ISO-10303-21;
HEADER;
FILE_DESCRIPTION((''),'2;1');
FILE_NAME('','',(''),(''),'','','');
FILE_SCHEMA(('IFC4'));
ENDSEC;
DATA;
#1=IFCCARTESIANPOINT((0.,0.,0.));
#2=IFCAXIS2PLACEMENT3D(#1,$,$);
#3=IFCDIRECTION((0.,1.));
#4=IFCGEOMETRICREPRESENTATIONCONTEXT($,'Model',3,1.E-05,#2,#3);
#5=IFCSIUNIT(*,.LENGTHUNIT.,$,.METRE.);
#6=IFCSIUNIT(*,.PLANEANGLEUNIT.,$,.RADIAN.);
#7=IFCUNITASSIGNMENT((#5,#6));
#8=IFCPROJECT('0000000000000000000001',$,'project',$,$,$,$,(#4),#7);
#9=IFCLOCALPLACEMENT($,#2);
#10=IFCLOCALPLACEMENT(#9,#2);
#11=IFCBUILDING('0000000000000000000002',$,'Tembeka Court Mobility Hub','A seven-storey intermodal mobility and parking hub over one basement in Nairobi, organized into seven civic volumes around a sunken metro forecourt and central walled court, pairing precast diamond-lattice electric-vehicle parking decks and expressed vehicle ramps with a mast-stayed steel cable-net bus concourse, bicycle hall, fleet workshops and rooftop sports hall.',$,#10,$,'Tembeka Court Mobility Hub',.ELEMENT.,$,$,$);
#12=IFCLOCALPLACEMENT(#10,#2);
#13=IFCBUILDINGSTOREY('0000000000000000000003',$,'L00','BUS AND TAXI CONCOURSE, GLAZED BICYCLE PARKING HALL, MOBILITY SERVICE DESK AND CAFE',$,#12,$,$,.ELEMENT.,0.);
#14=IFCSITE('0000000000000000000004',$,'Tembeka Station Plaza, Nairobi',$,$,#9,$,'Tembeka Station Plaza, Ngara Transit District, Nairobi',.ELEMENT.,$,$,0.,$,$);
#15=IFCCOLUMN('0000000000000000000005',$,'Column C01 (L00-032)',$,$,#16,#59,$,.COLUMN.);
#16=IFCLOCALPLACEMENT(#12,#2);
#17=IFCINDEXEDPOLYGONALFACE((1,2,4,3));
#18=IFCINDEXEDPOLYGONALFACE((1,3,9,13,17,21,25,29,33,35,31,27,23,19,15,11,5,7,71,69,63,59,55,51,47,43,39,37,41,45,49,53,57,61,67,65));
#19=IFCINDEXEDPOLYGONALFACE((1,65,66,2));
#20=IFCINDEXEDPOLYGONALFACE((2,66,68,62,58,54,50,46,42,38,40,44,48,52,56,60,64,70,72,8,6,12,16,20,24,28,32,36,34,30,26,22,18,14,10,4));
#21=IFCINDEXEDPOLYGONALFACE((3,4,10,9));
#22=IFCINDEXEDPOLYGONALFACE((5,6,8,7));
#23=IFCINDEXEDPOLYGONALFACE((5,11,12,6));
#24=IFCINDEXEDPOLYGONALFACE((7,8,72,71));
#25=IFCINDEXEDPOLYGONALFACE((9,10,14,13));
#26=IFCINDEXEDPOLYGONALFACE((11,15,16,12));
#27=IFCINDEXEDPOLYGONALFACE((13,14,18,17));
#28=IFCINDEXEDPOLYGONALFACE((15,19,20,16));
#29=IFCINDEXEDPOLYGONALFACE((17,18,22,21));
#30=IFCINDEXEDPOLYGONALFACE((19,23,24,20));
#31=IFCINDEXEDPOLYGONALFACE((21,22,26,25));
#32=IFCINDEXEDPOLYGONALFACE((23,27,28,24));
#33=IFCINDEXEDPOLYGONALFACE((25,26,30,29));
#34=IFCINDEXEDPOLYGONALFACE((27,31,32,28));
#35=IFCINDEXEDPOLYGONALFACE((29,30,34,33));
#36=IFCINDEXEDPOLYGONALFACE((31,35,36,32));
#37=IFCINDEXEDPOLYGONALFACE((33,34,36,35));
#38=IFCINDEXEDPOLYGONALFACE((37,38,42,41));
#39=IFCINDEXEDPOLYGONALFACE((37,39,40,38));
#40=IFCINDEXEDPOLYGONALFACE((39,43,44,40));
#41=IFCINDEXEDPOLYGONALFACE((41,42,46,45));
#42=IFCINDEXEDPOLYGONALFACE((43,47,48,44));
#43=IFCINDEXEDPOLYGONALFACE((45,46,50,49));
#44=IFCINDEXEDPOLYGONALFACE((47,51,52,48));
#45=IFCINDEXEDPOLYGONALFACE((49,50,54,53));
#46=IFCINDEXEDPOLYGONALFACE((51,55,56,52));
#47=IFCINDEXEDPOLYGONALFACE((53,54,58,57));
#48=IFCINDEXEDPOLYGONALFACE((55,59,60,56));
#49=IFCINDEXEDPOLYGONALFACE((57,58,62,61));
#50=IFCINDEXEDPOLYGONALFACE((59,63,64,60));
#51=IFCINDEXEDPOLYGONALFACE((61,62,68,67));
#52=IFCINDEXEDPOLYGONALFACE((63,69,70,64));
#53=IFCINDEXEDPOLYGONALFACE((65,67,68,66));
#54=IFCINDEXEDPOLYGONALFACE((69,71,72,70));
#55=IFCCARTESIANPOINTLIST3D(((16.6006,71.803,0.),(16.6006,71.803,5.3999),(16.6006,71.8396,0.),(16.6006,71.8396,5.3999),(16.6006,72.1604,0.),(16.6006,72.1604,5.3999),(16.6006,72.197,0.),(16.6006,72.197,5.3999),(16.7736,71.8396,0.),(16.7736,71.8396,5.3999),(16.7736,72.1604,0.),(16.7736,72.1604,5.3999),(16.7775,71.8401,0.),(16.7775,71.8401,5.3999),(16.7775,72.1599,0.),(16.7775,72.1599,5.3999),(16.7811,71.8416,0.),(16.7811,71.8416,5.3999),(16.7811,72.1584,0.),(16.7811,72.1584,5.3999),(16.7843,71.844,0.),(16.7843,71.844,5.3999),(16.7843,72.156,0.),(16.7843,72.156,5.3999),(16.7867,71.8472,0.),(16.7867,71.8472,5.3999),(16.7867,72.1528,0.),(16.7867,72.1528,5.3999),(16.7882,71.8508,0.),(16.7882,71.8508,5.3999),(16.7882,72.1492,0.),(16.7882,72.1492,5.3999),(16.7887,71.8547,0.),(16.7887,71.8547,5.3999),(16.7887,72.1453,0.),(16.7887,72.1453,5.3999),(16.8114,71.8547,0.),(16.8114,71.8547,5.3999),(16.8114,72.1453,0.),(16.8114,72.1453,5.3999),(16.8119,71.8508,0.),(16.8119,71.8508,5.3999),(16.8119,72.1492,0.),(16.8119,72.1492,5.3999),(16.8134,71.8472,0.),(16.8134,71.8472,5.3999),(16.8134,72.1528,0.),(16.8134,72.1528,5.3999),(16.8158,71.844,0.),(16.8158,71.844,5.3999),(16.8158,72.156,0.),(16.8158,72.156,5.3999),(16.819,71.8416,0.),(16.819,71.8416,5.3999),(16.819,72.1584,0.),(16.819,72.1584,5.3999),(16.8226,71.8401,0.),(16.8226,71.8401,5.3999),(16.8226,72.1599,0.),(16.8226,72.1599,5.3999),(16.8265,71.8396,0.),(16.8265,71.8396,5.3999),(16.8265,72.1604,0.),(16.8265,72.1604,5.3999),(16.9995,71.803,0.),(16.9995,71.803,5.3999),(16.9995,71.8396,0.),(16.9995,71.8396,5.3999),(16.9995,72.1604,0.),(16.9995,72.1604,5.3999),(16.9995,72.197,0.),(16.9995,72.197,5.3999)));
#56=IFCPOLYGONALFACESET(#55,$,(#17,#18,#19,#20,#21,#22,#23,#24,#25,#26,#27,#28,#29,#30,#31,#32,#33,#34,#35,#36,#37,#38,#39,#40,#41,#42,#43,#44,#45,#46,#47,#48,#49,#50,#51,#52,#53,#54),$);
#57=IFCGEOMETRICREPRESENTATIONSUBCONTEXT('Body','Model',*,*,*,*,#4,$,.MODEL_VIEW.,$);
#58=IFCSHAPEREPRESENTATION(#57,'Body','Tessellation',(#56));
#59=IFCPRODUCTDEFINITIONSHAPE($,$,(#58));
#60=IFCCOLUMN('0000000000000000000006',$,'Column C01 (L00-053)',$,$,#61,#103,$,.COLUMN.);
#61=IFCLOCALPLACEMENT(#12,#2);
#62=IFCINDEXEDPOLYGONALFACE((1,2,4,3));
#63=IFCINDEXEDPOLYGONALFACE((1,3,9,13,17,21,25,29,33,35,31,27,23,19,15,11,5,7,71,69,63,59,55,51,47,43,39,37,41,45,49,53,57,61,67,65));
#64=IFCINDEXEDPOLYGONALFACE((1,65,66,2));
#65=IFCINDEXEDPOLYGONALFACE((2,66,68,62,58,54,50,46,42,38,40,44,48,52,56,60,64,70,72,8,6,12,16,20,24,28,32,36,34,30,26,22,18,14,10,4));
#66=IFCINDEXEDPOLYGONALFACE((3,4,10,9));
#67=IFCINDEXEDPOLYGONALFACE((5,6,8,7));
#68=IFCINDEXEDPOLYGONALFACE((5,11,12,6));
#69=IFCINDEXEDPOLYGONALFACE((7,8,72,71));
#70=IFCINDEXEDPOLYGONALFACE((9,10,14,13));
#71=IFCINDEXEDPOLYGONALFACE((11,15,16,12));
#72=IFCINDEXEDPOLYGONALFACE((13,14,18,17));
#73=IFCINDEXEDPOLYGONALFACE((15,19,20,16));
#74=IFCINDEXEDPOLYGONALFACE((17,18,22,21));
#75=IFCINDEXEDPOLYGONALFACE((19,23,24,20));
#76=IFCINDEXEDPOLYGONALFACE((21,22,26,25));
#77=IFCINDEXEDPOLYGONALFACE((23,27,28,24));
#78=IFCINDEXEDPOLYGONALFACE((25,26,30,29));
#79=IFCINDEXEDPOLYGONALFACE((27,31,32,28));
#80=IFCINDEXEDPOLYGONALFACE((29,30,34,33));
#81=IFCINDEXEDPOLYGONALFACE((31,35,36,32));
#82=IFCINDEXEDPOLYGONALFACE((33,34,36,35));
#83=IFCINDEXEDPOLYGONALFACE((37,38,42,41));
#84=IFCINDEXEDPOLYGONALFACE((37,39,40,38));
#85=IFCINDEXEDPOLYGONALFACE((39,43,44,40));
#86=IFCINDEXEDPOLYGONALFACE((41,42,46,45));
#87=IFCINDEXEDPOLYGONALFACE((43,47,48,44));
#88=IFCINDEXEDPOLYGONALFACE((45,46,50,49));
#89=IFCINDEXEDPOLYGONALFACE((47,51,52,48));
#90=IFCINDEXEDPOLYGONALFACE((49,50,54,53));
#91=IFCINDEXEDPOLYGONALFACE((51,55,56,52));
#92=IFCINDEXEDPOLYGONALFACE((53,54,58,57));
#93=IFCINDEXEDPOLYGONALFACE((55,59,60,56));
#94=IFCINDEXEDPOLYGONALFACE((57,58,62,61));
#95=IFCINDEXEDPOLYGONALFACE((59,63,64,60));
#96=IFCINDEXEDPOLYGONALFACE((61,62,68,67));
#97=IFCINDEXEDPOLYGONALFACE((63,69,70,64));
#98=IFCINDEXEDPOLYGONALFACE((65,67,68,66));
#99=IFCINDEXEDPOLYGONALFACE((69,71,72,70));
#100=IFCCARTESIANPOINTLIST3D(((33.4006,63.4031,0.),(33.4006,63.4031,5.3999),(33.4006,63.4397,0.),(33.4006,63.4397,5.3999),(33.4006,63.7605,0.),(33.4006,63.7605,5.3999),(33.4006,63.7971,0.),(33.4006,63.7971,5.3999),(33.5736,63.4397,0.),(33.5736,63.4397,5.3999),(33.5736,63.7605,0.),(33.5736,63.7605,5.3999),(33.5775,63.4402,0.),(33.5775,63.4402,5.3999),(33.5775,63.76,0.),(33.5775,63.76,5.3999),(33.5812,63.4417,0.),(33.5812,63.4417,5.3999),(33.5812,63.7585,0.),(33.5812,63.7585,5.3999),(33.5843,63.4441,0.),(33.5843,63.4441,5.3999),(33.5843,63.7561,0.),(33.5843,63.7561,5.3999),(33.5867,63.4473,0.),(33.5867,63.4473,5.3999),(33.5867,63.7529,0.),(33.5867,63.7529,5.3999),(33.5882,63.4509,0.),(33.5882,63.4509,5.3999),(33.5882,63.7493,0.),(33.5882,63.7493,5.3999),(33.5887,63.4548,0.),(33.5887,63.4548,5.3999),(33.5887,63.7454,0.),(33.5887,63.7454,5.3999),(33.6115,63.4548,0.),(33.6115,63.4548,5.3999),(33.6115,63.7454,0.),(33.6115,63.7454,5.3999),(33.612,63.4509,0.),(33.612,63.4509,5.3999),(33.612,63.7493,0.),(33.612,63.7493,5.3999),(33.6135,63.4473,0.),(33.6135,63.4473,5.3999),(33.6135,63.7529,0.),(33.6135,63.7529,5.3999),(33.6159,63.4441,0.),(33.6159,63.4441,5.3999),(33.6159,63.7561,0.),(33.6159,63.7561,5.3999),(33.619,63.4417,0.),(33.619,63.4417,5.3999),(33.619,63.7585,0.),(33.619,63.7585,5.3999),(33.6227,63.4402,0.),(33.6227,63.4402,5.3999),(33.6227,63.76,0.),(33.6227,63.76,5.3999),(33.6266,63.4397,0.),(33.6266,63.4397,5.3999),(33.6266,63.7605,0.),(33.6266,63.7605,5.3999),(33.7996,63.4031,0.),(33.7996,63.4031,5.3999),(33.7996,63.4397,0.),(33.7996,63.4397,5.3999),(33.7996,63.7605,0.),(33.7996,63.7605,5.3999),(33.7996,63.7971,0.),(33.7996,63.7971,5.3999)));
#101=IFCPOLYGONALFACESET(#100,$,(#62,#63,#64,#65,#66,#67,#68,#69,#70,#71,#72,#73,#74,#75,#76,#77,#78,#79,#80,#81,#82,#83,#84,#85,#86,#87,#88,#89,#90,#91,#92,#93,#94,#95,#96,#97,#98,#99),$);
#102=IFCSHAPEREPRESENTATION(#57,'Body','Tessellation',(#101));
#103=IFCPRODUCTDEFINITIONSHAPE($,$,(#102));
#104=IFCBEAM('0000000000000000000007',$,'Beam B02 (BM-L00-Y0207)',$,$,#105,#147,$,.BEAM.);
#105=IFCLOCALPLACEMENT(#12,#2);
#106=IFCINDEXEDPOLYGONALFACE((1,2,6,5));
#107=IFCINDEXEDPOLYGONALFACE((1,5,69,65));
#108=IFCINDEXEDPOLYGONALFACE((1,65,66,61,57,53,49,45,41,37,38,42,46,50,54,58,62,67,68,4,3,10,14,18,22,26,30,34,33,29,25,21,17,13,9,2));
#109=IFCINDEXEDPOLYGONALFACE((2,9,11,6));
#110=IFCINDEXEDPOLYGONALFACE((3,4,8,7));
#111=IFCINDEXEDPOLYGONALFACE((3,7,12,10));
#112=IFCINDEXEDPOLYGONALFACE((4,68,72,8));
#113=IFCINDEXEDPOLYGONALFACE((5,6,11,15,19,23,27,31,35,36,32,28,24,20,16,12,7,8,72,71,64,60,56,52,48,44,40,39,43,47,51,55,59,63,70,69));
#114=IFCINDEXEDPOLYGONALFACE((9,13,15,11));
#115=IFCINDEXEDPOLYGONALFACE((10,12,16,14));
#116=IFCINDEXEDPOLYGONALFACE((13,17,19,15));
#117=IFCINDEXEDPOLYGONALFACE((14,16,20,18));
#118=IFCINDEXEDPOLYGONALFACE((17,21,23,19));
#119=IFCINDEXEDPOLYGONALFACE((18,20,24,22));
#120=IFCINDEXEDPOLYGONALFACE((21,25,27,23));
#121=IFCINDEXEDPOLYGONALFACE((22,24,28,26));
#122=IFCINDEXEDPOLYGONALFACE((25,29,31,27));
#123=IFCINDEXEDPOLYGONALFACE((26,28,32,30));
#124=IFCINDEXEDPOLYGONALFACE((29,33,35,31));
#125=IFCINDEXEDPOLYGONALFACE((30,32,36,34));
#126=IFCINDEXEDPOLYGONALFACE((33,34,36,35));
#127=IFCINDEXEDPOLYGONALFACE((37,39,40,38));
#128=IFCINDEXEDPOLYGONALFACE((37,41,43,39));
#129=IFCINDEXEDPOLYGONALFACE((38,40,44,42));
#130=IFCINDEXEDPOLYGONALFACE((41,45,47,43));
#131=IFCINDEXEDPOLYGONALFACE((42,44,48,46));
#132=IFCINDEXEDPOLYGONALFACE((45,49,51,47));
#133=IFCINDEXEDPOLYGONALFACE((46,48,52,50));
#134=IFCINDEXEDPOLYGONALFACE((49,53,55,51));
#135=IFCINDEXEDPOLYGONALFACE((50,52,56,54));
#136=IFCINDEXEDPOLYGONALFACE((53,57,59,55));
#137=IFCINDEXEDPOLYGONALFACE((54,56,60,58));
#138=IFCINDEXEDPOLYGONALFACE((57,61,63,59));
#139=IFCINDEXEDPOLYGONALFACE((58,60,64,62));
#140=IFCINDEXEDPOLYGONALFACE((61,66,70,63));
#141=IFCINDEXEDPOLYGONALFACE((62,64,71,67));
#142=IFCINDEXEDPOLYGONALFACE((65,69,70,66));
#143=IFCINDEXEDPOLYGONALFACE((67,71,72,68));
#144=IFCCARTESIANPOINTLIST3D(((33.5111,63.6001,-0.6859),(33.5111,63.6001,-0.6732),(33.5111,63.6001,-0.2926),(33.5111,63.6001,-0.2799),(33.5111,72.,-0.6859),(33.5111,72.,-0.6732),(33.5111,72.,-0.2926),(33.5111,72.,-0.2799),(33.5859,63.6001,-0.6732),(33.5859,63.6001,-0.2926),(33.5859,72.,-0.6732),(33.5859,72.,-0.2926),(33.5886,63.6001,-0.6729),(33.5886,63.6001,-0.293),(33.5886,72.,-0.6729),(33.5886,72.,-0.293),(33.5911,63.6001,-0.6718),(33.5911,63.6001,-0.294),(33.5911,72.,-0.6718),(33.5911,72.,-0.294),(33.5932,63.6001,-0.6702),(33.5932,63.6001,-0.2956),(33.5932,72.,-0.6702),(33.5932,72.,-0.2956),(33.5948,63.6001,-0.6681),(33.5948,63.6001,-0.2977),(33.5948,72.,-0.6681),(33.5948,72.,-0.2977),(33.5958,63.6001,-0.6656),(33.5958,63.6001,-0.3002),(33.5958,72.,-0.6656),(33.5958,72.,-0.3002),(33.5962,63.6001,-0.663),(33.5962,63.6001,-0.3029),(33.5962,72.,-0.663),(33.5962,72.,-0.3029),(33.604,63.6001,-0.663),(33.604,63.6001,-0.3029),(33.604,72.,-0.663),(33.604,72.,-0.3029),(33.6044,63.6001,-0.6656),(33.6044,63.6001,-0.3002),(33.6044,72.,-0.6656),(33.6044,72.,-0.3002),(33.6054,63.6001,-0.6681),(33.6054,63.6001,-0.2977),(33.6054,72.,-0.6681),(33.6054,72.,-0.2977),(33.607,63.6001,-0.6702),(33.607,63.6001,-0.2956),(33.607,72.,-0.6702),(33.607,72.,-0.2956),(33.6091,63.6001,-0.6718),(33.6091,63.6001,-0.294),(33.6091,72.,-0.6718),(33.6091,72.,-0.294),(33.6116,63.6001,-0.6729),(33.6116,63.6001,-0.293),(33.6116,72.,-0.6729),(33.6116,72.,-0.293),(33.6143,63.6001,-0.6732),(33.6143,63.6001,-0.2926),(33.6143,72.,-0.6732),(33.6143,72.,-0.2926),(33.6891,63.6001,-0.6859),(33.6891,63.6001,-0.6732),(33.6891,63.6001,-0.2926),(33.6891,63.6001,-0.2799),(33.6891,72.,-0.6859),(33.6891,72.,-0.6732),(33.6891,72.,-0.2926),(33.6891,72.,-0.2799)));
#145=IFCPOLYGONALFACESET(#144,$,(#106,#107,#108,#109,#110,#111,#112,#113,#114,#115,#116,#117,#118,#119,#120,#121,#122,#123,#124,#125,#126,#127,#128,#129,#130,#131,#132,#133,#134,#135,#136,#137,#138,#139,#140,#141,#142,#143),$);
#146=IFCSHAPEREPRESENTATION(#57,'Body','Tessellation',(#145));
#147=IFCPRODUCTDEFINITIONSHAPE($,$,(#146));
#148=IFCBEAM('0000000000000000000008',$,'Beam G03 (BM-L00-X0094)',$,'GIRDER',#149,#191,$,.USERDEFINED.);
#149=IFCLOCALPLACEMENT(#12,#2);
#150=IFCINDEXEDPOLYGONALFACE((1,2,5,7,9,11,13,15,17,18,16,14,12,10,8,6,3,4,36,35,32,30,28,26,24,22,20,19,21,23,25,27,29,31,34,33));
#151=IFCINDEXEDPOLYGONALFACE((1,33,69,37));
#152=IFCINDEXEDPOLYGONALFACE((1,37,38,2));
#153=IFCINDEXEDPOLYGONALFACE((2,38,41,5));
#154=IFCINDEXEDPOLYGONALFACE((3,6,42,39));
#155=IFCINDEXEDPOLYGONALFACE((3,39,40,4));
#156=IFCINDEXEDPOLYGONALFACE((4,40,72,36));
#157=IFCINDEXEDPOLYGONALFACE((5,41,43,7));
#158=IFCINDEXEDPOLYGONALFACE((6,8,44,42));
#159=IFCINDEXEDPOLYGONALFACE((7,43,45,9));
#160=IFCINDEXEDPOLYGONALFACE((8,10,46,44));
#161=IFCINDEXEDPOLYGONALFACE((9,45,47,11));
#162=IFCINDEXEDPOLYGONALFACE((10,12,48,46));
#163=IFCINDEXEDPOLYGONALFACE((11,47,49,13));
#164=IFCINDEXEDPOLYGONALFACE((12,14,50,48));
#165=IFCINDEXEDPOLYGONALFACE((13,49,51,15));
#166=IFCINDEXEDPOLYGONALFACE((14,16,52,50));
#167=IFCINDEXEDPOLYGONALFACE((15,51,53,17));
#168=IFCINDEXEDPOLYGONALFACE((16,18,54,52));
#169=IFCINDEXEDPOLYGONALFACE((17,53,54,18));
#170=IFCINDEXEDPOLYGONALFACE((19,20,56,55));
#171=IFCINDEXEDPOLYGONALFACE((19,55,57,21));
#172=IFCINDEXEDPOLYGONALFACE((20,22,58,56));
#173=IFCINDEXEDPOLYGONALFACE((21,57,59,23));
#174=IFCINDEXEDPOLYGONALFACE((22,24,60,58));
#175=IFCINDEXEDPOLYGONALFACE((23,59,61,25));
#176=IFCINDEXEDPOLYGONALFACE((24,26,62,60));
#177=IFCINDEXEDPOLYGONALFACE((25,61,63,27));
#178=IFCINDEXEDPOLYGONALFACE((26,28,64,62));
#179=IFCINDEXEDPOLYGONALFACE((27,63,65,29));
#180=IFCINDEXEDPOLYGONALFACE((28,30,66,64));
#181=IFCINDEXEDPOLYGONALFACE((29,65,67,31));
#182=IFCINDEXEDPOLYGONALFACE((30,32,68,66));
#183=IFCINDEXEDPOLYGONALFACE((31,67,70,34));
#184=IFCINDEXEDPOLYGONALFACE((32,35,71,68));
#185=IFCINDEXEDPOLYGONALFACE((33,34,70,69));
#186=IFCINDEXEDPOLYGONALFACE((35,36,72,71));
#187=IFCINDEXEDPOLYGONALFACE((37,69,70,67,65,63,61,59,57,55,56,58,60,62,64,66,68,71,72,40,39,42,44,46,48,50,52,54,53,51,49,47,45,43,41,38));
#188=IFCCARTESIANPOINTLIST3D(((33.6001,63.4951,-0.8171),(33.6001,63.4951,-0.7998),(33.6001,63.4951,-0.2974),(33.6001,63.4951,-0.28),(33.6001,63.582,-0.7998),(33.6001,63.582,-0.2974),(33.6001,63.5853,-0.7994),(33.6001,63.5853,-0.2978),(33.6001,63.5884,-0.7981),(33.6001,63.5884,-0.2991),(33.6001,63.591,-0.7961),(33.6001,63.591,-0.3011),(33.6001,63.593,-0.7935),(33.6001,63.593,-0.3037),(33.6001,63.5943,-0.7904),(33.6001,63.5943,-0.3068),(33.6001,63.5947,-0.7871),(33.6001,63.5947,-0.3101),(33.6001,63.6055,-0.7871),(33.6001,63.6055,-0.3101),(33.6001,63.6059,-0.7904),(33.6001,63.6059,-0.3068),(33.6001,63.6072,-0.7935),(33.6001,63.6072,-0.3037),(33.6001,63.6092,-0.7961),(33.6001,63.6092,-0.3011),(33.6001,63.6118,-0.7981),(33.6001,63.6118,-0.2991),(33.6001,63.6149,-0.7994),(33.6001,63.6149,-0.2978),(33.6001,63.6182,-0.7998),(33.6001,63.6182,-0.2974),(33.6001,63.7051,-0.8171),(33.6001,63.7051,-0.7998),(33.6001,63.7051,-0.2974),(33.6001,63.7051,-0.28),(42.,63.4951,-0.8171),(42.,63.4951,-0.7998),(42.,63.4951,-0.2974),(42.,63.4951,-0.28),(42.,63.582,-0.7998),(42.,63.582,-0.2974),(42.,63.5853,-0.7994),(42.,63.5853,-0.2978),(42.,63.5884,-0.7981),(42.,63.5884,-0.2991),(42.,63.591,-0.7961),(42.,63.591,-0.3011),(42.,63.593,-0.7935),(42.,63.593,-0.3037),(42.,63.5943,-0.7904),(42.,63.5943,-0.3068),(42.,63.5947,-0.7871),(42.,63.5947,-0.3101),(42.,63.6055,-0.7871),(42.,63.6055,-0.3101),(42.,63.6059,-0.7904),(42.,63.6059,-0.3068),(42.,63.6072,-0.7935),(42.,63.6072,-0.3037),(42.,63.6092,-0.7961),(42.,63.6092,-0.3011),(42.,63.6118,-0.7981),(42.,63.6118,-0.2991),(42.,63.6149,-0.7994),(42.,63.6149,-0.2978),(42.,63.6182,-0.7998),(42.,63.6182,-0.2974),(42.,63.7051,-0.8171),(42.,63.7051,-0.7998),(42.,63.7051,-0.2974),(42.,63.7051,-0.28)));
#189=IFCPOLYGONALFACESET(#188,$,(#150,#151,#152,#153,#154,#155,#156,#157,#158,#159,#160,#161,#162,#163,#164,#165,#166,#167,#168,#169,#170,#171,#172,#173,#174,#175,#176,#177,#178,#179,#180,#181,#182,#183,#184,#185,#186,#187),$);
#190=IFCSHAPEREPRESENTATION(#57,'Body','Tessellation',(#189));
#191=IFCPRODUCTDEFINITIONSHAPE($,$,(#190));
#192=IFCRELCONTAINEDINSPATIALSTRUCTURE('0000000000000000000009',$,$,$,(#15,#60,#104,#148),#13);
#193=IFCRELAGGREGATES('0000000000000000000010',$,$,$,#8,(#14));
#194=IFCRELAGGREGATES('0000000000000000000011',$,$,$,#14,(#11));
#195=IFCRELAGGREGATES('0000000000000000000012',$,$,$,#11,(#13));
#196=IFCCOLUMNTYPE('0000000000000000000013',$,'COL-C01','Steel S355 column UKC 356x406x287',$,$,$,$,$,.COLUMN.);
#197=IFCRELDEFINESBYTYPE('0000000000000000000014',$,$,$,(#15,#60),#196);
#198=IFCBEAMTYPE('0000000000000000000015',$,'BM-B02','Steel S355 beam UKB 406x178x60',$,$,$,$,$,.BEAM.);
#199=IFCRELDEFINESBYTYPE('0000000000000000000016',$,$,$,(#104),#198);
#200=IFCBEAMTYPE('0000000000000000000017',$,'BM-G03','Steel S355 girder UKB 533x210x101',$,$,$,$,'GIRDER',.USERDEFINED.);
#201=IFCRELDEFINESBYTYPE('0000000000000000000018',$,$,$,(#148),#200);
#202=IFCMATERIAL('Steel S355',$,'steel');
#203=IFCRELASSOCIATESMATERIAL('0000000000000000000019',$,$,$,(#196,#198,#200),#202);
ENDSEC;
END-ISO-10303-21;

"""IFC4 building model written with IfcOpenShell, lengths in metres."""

from ifc_helpers import new_model, si_unit, direction, frame, origin, origin_2d, place, context, subcontext, project, spatial, i_section, extrude, material, material_profile, profile_set, type_object, element, save


model = new_model("IFC4")

# Units and contexts
model_context = context("Model", 3, precision=1e-05, world=origin(), true_north=direction((0.0, 1.0)))
body_context = subcontext(model_context, "Body", "Model", "MODEL_VIEW")
ifc_project = project(units=[si_unit("LENGTHUNIT", "METRE"), si_unit("PLANEANGLEUNIT", "RADIAN")], contexts=[model_context])

# Site, building, storey
site_placement = place(None, origin())
site = spatial("IfcSite", under=ifc_project, at=site_placement, Name="Tembeka Station Plaza, Nairobi", LongName="Tembeka Station Plaza, Ngara Transit District, Nairobi", CompositionType="ELEMENT", RefElevation=0.0)
building_placement = place(site_placement, origin())
building = spatial("IfcBuilding", under=site, at=building_placement, Name="Tembeka Court Mobility Hub", Description="A seven-storey intermodal mobility and parking hub over one basement in Nairobi, organized into seven civic volumes around a sunken metro forecourt and central walled court, pairing precast diamond-lattice electric-vehicle parking decks and expressed vehicle ramps with a mast-stayed steel cable-net bus concourse, bicycle hall, fleet workshops and rooftop sports hall.", LongName="Tembeka Court Mobility Hub", CompositionType="ELEMENT")
storey_placement = place(building_placement, origin())
storey = spatial("IfcBuildingStorey", under=building, at=storey_placement, Name="L00", Description="BUS AND TAXI CONCOURSE, GLAZED BICYCLE PARKING HALL, MOBILITY SERVICE DESK AND CAFE", CompositionType="ELEMENT", Elevation=0.0)

# Columns
ifc_material_1 = material(Name="Steel S355", Category="steel")
ifc_material_profile_1 = material_profile(ifc_material_1, i_section(OverallWidth=0.3989, OverallDepth=0.394, WebThickness=0.0227, FlangeThickness=0.0366, FilletRadius=0.0151, at=origin_2d()), Name="UKC 356x406x287")
ifc_profile_set_1 = profile_set([ifc_material_profile_1], Name="Steel S355")
column_type = type_object("IfcColumnType", Name="COL-C01", Description="Steel S355 column UKC 356x406x287", PredefinedType="COLUMN", material=ifc_profile_set_1)
for number, where, z_axis, x_axis, name in (
    (1, (16.8, 72.0, 0.0), (0.0, 0.0, 1.0), (1.0, 0.0, 0.0), "Column C01 (L00-032)"),
    (2, (33.6001, 63.6001, 0.0), (0.0, 0.0, 1.0), (1.0, 0.0, 0.0), "Column C01 (L00-053)"),
):
    element("IfcColumn", number, at=place(storey_placement, frame(where, z_axis=z_axis, x_axis=x_axis)), inside=storey, type_object=column_type, Name=name, PredefinedType="COLUMN", context=body_context, shape_type="SweptSolid", body=[
        extrude(i_section(OverallWidth=0.3989, OverallDepth=0.394, WebThickness=0.0227, FlangeThickness=0.0366, FilletRadius=0.0151, at=origin_2d()), origin(), (0.0, 0.0, 1.0), 5.3999),
    ])

# Beams
ifc_material_profile_2 = material_profile(ifc_material_1, i_section(OverallWidth=0.178, OverallDepth=0.406, WebThickness=0.0078, FlangeThickness=0.0127, FilletRadius=0.0103, at=origin_2d()), Name="UKB 406x178x60")
ifc_profile_set_2 = profile_set([ifc_material_profile_2], Name="Steel S355")
beam_type_1 = type_object("IfcBeamType", Name="BM-B02", Description="Steel S355 beam UKB 406x178x60", PredefinedType="BEAM", material=ifc_profile_set_2)
beam_1_placement = place(storey_placement, frame((33.6001, 63.6001, -0.4829), z_axis=(0.0, 1.0, 0.0), x_axis=(-1.0, 0.0, 0.0)))
element("IfcBeam", 3, at=beam_1_placement, inside=storey, type_object=beam_type_1, Name="Beam B02 (BM-L00-Y0207)", PredefinedType="BEAM", context=body_context, shape_type="SweptSolid", body=[
    extrude(i_section(OverallWidth=0.178, OverallDepth=0.406, WebThickness=0.0078, FlangeThickness=0.0127, FilletRadius=0.0103, at=origin_2d()), origin(), (0.0, 0.0, 1.0), 8.3999),
])
ifc_material_profile_3 = material_profile(ifc_material_1, i_section(OverallWidth=0.21, OverallDepth=0.5371, WebThickness=0.0107, FlangeThickness=0.0173, FilletRadius=0.0127, at=origin_2d()), Name="UKB 533x210x101")
ifc_profile_set_3 = profile_set([ifc_material_profile_3], Name="Steel S355")
beam_type_2 = type_object("IfcBeamType", Name="BM-G03", Description="Steel S355 girder UKB 533x210x101", ElementType="GIRDER", PredefinedType="USERDEFINED", material=ifc_profile_set_3)
beam_2_placement = place(storey_placement, frame((33.6001, 63.6001, -0.5486), z_axis=(1.0, 0.0, 0.0), x_axis=(0.0, 1.0, 0.0)))
element("IfcBeam", 4, at=beam_2_placement, inside=storey, type_object=beam_type_2, Name="Beam G03 (BM-L00-X0094)", ObjectType="GIRDER", PredefinedType="USERDEFINED", context=body_context, shape_type="SweptSolid", body=[
    extrude(i_section(OverallWidth=0.21, OverallDepth=0.5371, WebThickness=0.0107, FlangeThickness=0.0173, FilletRadius=0.0127, at=origin_2d()), origin(), (0.0, 0.0, 1.0), 8.3999),
])

save(model, "model.ifc")
